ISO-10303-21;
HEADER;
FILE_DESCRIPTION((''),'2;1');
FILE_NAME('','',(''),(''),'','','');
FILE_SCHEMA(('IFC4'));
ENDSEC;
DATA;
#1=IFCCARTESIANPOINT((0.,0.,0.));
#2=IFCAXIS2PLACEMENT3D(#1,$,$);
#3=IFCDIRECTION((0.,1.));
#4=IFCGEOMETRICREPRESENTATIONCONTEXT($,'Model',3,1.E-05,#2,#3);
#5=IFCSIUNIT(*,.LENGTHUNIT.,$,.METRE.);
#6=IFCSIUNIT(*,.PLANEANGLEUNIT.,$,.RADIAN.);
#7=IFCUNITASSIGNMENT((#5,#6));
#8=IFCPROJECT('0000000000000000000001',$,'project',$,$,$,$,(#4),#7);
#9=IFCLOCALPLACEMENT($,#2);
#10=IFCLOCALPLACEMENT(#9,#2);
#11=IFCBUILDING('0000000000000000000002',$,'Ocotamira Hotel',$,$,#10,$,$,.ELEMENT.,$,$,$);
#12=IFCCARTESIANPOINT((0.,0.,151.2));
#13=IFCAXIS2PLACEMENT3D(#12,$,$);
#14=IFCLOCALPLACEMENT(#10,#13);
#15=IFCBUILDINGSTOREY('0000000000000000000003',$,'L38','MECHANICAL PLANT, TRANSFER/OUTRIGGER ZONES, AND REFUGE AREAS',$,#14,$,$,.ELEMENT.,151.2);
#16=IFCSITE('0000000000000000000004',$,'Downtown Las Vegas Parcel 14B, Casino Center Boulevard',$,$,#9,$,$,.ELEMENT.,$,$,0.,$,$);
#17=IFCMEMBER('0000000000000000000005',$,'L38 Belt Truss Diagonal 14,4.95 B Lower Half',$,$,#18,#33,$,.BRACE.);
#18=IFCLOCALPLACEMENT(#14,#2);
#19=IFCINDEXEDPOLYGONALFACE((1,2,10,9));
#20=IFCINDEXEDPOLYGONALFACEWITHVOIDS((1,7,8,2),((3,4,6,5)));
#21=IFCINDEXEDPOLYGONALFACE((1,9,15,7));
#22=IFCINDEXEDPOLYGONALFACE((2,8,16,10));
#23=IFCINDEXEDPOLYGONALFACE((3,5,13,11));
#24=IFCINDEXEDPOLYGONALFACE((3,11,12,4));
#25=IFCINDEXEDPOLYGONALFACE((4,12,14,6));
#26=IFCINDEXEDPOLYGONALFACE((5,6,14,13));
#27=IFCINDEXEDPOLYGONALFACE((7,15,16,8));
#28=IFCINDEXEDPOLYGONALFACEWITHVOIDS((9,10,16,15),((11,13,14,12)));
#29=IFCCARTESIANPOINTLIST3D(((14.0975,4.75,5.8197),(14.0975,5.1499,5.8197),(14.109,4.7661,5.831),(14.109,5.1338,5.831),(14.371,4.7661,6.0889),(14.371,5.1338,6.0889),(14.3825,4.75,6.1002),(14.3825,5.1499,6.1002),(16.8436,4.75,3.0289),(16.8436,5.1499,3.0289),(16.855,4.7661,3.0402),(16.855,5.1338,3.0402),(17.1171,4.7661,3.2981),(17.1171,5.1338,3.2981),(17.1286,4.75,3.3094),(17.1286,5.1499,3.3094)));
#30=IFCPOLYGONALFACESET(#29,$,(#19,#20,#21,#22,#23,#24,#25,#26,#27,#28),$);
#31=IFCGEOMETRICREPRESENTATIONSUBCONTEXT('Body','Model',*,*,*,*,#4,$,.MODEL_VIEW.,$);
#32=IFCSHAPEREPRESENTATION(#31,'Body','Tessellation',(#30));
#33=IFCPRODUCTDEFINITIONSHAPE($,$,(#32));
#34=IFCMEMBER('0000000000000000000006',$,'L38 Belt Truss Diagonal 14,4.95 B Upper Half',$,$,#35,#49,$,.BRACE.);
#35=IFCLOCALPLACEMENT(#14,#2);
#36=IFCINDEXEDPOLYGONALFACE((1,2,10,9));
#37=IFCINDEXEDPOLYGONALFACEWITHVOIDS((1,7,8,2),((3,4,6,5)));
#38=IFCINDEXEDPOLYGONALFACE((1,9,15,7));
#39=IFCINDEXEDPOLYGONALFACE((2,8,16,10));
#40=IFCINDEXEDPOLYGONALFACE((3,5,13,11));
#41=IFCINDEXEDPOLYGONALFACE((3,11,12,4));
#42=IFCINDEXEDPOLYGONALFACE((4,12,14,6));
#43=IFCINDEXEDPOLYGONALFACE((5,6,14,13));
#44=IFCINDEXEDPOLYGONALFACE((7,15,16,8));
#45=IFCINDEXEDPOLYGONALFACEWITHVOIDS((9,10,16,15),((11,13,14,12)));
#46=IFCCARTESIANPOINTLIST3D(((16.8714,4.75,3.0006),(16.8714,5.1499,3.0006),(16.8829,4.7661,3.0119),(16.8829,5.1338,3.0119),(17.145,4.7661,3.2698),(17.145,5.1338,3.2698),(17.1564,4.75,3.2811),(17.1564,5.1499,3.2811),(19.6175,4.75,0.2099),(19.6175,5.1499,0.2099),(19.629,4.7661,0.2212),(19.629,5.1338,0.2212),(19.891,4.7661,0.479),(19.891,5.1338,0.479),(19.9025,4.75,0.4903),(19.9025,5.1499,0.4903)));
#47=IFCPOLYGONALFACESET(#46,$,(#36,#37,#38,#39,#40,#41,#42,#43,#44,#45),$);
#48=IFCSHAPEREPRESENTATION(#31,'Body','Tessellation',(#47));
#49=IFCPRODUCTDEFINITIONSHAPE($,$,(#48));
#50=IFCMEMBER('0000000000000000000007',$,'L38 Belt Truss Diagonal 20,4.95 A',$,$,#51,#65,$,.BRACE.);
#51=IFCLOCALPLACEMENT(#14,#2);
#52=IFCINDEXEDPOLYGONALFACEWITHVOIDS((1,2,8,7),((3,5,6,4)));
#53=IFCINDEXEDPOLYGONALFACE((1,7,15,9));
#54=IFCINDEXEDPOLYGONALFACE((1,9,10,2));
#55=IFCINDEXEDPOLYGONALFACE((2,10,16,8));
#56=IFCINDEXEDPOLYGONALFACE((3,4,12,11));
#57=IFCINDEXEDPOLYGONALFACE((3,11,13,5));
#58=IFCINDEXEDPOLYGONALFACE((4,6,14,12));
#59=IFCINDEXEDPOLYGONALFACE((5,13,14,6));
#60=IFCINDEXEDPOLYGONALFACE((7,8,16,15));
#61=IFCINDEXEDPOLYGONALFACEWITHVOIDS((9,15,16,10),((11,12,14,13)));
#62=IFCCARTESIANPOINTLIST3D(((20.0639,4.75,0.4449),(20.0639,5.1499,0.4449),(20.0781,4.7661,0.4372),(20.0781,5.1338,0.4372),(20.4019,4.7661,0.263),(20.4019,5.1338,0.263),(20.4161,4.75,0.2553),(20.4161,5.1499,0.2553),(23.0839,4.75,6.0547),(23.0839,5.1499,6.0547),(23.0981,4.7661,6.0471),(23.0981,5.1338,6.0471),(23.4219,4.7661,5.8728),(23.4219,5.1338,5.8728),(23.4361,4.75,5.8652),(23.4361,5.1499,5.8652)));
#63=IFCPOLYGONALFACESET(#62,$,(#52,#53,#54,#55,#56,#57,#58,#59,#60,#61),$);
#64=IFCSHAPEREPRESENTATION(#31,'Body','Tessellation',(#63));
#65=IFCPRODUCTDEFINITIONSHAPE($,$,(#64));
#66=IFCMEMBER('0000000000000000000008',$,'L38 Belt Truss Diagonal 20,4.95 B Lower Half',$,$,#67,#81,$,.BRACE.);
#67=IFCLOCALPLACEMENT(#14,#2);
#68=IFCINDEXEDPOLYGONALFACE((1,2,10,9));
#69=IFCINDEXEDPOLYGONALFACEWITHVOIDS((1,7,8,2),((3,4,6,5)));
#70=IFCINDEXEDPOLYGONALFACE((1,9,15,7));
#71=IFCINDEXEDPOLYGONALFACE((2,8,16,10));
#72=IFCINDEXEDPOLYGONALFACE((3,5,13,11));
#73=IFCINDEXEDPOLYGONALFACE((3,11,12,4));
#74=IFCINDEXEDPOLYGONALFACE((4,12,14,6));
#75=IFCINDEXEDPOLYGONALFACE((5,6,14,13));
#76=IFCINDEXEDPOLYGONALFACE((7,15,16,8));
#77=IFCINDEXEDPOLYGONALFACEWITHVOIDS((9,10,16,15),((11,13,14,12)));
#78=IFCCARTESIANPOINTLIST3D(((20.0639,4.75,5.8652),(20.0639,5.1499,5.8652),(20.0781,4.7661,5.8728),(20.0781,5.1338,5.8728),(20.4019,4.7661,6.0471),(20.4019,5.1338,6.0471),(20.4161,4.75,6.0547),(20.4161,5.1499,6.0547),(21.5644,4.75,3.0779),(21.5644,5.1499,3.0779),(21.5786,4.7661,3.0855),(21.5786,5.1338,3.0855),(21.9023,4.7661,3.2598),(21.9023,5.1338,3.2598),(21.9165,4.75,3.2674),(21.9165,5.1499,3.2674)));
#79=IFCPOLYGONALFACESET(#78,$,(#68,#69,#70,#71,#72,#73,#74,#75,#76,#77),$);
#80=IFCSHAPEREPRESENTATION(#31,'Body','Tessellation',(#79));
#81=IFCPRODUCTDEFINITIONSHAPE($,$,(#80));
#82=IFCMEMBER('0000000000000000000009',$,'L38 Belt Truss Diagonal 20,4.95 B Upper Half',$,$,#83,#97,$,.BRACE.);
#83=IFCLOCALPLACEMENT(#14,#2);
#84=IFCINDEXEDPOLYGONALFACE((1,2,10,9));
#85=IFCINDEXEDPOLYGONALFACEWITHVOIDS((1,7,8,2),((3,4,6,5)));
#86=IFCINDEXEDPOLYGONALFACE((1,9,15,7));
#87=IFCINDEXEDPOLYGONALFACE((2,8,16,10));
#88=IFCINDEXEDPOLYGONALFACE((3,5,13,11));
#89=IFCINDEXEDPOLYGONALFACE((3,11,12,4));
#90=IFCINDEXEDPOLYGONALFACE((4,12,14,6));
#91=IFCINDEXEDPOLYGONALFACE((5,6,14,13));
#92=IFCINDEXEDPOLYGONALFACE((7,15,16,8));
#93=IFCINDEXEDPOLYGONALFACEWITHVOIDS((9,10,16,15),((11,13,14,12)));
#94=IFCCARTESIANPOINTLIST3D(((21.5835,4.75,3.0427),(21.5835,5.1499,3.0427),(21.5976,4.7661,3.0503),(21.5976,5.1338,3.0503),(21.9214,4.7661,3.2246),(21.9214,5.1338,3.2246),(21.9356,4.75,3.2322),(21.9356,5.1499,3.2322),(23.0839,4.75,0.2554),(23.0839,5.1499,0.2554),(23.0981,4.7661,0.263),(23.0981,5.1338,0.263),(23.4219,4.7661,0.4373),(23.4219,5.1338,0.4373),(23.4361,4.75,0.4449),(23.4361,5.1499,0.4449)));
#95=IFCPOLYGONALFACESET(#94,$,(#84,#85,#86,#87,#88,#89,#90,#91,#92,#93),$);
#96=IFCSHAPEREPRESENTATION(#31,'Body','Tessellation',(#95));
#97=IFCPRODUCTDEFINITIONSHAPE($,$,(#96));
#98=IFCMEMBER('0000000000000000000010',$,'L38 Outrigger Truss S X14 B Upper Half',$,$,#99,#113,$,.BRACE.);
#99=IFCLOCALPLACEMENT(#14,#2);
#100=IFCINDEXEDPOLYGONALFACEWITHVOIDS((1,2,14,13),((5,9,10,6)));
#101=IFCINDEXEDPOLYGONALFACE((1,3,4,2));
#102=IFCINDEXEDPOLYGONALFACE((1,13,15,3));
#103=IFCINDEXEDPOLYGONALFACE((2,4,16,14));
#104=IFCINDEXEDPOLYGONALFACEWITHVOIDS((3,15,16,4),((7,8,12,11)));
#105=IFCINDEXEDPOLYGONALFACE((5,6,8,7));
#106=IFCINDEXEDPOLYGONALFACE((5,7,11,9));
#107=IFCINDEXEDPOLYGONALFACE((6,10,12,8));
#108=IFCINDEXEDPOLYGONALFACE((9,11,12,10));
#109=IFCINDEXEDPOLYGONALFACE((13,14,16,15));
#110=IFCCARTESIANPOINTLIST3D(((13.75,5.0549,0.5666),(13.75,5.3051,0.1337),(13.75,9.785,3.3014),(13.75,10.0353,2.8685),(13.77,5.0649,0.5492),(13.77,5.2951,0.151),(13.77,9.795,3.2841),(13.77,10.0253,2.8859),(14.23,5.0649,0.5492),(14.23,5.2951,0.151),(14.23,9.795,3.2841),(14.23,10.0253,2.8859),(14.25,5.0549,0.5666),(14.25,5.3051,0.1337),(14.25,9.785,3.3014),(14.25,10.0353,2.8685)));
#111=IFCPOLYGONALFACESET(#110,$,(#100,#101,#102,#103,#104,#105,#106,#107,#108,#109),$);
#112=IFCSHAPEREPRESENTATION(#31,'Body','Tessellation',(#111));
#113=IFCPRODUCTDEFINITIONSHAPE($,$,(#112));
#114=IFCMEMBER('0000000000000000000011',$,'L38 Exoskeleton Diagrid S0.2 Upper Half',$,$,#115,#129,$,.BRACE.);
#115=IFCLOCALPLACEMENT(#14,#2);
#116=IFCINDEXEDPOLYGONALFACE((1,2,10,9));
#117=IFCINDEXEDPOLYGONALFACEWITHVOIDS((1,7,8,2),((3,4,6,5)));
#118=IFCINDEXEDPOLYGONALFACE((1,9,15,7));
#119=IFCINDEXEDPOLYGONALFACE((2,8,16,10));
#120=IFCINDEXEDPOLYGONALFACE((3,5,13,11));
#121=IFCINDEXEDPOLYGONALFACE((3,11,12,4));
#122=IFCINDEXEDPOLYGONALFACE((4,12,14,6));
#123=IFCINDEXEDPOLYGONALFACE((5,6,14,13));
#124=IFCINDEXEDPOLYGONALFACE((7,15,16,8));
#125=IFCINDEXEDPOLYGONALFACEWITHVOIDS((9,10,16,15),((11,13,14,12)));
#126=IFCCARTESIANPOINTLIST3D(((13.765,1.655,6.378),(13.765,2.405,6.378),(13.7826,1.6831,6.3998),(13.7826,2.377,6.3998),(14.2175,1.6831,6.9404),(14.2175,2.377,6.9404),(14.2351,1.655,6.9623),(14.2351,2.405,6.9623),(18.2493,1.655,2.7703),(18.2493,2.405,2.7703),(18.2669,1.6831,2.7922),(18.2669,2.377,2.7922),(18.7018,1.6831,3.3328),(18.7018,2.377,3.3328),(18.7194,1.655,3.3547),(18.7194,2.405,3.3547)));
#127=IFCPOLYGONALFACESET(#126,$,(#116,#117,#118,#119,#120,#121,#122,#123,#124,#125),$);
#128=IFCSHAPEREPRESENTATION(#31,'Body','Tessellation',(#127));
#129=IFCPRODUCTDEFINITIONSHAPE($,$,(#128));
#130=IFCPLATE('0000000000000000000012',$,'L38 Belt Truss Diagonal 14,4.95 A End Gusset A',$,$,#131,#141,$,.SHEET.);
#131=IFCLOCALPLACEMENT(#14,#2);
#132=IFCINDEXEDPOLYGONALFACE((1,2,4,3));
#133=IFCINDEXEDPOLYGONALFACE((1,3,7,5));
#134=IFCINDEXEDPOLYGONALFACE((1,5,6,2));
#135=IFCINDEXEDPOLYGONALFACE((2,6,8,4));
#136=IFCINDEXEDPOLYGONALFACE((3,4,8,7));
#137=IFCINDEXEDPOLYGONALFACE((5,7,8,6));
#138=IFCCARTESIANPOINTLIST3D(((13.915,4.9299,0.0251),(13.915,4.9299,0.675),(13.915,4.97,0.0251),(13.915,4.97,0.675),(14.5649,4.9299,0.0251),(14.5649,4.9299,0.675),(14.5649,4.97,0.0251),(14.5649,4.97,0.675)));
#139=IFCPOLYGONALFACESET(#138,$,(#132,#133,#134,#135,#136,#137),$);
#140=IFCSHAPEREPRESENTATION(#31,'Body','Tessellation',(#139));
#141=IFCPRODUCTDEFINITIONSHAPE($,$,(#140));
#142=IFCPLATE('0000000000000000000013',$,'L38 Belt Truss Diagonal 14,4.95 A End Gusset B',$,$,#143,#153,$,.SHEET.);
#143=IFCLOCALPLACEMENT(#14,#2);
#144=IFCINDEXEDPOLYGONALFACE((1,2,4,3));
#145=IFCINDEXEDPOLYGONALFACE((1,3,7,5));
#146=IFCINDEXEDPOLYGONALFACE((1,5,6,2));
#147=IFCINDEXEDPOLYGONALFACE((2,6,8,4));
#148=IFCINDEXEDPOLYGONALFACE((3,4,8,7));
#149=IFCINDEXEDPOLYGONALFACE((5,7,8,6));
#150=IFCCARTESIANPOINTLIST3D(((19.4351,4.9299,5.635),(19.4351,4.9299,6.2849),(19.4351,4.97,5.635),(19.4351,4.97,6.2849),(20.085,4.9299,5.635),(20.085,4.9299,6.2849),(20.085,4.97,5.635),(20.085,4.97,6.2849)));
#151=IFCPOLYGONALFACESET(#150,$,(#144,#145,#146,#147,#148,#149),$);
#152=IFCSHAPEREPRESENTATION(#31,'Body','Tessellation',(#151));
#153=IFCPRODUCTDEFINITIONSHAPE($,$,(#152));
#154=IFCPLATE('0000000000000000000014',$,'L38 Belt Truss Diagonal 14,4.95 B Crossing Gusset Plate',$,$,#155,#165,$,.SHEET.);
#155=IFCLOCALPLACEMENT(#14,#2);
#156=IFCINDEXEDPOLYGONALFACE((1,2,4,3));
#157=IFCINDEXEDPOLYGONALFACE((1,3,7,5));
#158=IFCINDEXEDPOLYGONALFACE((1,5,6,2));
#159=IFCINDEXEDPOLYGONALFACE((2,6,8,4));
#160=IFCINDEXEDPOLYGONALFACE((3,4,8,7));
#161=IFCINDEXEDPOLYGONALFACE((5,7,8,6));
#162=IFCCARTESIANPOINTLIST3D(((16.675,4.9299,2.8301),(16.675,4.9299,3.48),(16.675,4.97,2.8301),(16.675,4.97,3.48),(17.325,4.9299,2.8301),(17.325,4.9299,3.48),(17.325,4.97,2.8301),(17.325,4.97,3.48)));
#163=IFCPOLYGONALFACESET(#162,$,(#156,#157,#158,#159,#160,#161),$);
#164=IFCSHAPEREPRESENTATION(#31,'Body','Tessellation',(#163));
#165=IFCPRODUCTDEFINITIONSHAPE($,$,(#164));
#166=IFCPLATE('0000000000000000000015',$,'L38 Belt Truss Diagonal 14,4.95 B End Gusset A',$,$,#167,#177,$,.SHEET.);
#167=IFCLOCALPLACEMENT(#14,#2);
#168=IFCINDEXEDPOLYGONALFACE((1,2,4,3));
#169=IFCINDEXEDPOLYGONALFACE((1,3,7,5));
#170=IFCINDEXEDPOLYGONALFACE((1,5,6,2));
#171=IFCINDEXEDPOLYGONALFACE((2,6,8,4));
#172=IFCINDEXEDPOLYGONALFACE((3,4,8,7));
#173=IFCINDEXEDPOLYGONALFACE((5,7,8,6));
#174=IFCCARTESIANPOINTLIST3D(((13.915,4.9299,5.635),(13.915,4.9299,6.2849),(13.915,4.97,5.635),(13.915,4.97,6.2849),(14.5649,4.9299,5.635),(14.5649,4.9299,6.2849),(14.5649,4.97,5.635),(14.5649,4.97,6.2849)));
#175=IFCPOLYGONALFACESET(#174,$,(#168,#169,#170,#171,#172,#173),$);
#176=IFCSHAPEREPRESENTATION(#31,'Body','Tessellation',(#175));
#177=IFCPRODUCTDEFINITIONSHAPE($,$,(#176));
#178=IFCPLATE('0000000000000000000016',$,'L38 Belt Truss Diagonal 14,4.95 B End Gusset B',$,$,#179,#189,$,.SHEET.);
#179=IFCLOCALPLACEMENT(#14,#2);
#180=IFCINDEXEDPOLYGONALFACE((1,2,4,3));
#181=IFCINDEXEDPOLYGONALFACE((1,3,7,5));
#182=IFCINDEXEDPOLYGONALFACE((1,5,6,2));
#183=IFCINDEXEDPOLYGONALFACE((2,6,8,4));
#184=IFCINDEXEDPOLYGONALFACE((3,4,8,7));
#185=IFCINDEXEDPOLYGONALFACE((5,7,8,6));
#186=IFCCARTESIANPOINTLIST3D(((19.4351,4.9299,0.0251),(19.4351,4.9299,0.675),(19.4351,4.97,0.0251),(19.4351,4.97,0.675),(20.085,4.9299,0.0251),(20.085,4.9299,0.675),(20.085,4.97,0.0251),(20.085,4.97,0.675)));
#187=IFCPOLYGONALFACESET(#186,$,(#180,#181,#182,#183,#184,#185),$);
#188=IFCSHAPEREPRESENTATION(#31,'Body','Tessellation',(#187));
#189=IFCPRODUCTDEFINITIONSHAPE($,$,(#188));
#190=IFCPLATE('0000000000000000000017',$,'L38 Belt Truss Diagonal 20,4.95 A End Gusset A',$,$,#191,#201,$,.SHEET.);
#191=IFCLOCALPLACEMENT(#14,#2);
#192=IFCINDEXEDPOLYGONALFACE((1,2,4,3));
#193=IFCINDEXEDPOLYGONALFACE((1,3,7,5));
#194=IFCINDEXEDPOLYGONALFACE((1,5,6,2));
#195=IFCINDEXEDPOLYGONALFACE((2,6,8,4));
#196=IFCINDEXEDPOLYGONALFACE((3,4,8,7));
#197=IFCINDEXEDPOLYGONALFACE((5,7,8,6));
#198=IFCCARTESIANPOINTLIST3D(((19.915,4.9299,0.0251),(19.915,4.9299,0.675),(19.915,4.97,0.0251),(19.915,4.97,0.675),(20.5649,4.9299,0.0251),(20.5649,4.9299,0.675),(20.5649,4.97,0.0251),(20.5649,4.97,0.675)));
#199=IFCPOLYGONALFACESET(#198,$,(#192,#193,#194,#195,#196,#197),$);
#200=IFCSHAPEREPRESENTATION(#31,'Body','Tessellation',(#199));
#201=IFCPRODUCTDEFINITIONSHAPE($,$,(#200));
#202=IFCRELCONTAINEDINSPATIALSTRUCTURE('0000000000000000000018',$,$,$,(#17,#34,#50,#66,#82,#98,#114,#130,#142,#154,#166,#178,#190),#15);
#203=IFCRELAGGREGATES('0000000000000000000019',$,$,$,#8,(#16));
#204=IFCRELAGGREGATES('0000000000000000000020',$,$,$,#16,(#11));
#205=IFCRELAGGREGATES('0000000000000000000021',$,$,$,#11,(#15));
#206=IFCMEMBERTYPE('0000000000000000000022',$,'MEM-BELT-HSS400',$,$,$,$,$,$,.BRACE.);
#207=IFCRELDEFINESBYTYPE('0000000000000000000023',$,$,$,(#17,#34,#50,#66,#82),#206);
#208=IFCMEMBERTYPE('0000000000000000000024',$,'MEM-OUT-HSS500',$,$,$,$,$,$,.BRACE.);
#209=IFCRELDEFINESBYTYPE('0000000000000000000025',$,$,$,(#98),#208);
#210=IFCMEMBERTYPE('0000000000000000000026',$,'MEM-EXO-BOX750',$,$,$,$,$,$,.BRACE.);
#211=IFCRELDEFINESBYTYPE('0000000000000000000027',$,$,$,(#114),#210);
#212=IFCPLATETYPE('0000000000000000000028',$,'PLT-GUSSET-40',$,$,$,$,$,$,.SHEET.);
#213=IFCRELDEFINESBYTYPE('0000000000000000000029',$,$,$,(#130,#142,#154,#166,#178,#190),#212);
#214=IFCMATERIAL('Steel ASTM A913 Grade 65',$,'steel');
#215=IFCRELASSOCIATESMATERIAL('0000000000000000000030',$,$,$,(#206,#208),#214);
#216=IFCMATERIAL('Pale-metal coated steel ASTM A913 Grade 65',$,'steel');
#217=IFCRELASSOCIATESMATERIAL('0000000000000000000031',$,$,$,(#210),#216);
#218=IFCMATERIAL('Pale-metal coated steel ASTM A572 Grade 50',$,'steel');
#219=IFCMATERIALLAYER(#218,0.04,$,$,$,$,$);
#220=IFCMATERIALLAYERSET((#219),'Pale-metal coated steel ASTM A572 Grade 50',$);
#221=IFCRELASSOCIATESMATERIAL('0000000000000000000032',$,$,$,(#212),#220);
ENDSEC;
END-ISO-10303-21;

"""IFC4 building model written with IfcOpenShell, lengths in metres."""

from ifc_helpers import new_model, si_unit, direction, frame, origin, origin_2d, place, context, subcontext, project, spatial, rectangle, hollow_rectangle, extrude, source, transform, mapped, material, layer, layer_set, material_profile, profile_set, type_object, element, save


model = new_model("IFC4")

# Units and contexts
model_context = context("Model", 3, precision=1e-05, world=origin(), true_north=direction((0.0, 1.0)))
body_context = subcontext(model_context, "Body", "Model", "MODEL_VIEW")
ifc_project = project(units=[si_unit("LENGTHUNIT", "METRE"), si_unit("PLANEANGLEUNIT", "RADIAN")], contexts=[model_context])

# Site, building, storey
site_placement = place(None, origin())
site = spatial("IfcSite", under=ifc_project, at=site_placement, Name="Downtown Las Vegas Parcel 14B, Casino Center Boulevard", CompositionType="ELEMENT", RefElevation=0.0)
building_placement = place(site_placement, origin())
building = spatial("IfcBuilding", under=site, at=building_placement, Name="Ocotamira Hotel", CompositionType="ELEMENT")
storey_placement = place(building_placement, frame((0.0, 0.0, 151.2)))
storey = spatial("IfcBuildingStorey", under=building, at=storey_placement, Name="L38", Description="MECHANICAL PLANT, TRANSFER/OUTRIGGER ZONES, AND REFUGE AREAS", CompositionType="ELEMENT", Elevation=151.2)

# Shared definitions
ifc_material_1 = material(Name="Steel ASTM A913 Grade 65", Category="steel")

# Members
ifc_material_profile_1 = material_profile(ifc_material_1, hollow_rectangle(XDim=0.3999, YDim=0.3999, WallThickness=0.0161, at=origin_2d()), Name="HSS400X400X16")
ifc_profile_set_1 = profile_set([ifc_material_profile_1], Name="Steel ASTM A913 Grade 65")
member_type_1 = type_object("IfcMemberType", Name="MEM-BELT-HSS400", PredefinedType="BRACE", material=ifc_profile_set_1)
shared_shape_1 = source(origin(), body_context, "Body", "SweptSolid", [
    extrude(hollow_rectangle(XDim=0.3999, YDim=0.3999, WallThickness=0.0161, at=origin_2d()), origin(), (0.0, 0.0, 1.0), 3.9153),
])
for number, where, z_axis, x_axis, name in (
    (1, (14.24, 4.95, 5.96), (0.701378, 0.0, -0.712789), (0.0, 1.0, 0.0), "L38 Belt Truss Diagonal 14,4.95 B Lower Half"),
    (2, (17.0139, 4.95, 3.1409), (0.701378, 0.0, -0.712789), (0.0, 1.0, 0.0), "L38 Belt Truss Diagonal 14,4.95 B Upper Half"),
):
    element("IfcMember", number, at=place(storey_placement, frame(where, z_axis=z_axis, x_axis=x_axis)), inside=storey, type_object=member_type_1, Name=name, PredefinedType="BRACE", context=body_context, shape_type="MappedRepresentation", body=[
        mapped(shared_shape_1, transform((0.0, 0.0, 0.0), scale=1.0)),
    ])
shared_shape_2 = source(origin(), body_context, "Body", "SweptSolid", [
    extrude(hollow_rectangle(XDim=0.3999, YDim=0.3999, WallThickness=0.0161, at=origin_2d()), origin(), (0.0, 0.0, 1.0), 6.3711),
])
member_1_placement = place(storey_placement, frame((20.24, 4.95, 0.3501), z_axis=(0.474018, 0.0, 0.880515), x_axis=(0.0, 1.0, 0.0)))
element("IfcMember", 3, at=member_1_placement, inside=storey, type_object=member_type_1, Name="L38 Belt Truss Diagonal 20,4.95 A", PredefinedType="BRACE", context=body_context, shape_type="MappedRepresentation", body=[
    mapped(shared_shape_2, transform((0.0, 0.0, 0.0), scale=1.0)),
])
shared_shape_3 = source(origin(), body_context, "Body", "SweptSolid", [
    extrude(hollow_rectangle(XDim=0.3999, YDim=0.3999, WallThickness=0.0161, at=origin_2d()), origin(), (0.0, 0.0, 1.0), 3.1655),
])
for number, where, z_axis, x_axis, name in (
    (4, (20.24, 4.95, 5.96), (0.474003, 0.0, -0.880523), (0.0, 1.0, 0.0), "L38 Belt Truss Diagonal 20,4.95 B Lower Half"),
    (5, (21.7595, 4.95, 3.1375), (0.474003, 0.0, -0.880523), (0.0, 1.0, 0.0), "L38 Belt Truss Diagonal 20,4.95 B Upper Half"),
):
    element("IfcMember", number, at=place(storey_placement, frame(where, z_axis=z_axis, x_axis=x_axis)), inside=storey, type_object=member_type_1, Name=name, PredefinedType="BRACE", context=body_context, shape_type="MappedRepresentation", body=[
        mapped(shared_shape_3, transform((0.0, 0.0, 0.0), scale=1.0)),
    ])
ifc_material_profile_2 = material_profile(ifc_material_1, hollow_rectangle(XDim=0.5, YDim=0.5, WallThickness=0.02, at=origin_2d()), Name="HSS500X500X20")
ifc_profile_set_2 = profile_set([ifc_material_profile_2], Name="Steel ASTM A913 Grade 65")
member_type_2 = type_object("IfcMemberType", Name="MEM-OUT-HSS500", PredefinedType="BRACE", material=ifc_profile_set_2)
shared_shape_4 = source(origin(), body_context, "Body", "SweptSolid", [
    extrude(hollow_rectangle(XDim=0.5, YDim=0.5, WallThickness=0.02, at=origin_2d()), origin(), (0.0, 0.0, 1.0), 5.4639),
])
member_2_placement = place(storey_placement, frame((14.0, 9.9102, 3.085), z_axis=(0.0, -0.865719, -0.500531), x_axis=(1.0, 0.0, 0.0)))
element("IfcMember", 6, at=member_2_placement, inside=storey, type_object=member_type_2, Name="L38 Outrigger Truss S X14 B Upper Half", PredefinedType="BRACE", context=body_context, shape_type="MappedRepresentation", body=[
    mapped(shared_shape_4, transform((0.0, 0.0, 0.0), scale=1.0)),
])
ifc_material_2 = material(Name="Pale-metal coated steel ASTM A913 Grade 65", Category="steel")
ifc_material_profile_3 = material_profile(ifc_material_2, hollow_rectangle(XDim=0.75, YDim=0.75, WallThickness=0.0281, at=origin_2d()), Name="BOX750X750X28")
ifc_profile_set_3 = profile_set([ifc_material_profile_3], Name="Pale-metal coated steel ASTM A913 Grade 65")
member_type_3 = type_object("IfcMemberType", Name="MEM-EXO-BOX750", PredefinedType="BRACE", material=ifc_profile_set_3)
shared_shape_5 = source(origin(), body_context, "Body", "SweptSolid", [
    extrude(hollow_rectangle(XDim=0.75, YDim=0.75, WallThickness=0.0281, at=origin_2d()), origin(), (0.0, 0.0, 1.0), 5.7554),
])
member_3_placement = place(storey_placement, frame((18.4844, 2.03, 3.0625), z_axis=(-0.779157, 0.0, 0.626829), x_axis=(0.0, -1.0, 0.0)))
element("IfcMember", 7, at=member_3_placement, inside=storey, type_object=member_type_3, Name="L38 Exoskeleton Diagrid S0.2 Upper Half", PredefinedType="BRACE", context=body_context, shape_type="MappedRepresentation", body=[
    mapped(shared_shape_5, transform((0.0, 0.0, 0.0), scale=1.0)),
])

# Plates
ifc_material_3 = material(Name="Pale-metal coated steel ASTM A572 Grade 50", Category="steel")
ifc_layer_1 = layer(ifc_material_3, 0.04)
ifc_layer_set_1 = layer_set([ifc_layer_1], Name="Pale-metal coated steel ASTM A572 Grade 50")
plate_type = type_object("IfcPlateType", Name="PLT-GUSSET-40", PredefinedType="SHEET", material=ifc_layer_set_1)
shared_shape_6 = source(origin(), body_context, "Body", "SweptSolid", [
    extrude(rectangle(XDim=0.6499, YDim=0.04, at=origin_2d()), origin(), (0.0, 0.0, 1.0), 0.6499),
])
for number, where, z_axis, x_axis, name in (
    (8, (14.24, 4.95, 0.0251), (0.0, 0.0, 1.0), (1.0, 0.0, 0.0), "L38 Belt Truss Diagonal 14,4.95 A End Gusset A"),
    (9, (19.76, 4.95, 5.635), (0.0, 0.0, 1.0), (1.0, 0.0, 0.0), "L38 Belt Truss Diagonal 14,4.95 A End Gusset B"),
    (10, (17.0, 4.95, 2.8301), (0.0, 0.0, 1.0), (1.0, 0.0, 0.0), "L38 Belt Truss Diagonal 14,4.95 B Crossing Gusset Plate"),
    (11, (14.24, 4.95, 5.635), (0.0, 0.0, 1.0), (1.0, 0.0, 0.0), "L38 Belt Truss Diagonal 14,4.95 B End Gusset A"),
    (12, (19.76, 4.95, 0.0251), (0.0, 0.0, 1.0), (1.0, 0.0, 0.0), "L38 Belt Truss Diagonal 14,4.95 B End Gusset B"),
    (13, (20.24, 4.95, 0.0251), (0.0, 0.0, 1.0), (1.0, 0.0, 0.0), "L38 Belt Truss Diagonal 20,4.95 A End Gusset A"),
):
    element("IfcPlate", number, at=place(storey_placement, frame(where, z_axis=z_axis, x_axis=x_axis)), inside=storey, type_object=plate_type, Name=name, PredefinedType="SHEET", context=body_context, shape_type="MappedRepresentation", body=[
        mapped(shared_shape_6, transform((0.0, 0.0, 0.0), scale=1.0)),
    ])

save(model, "model.ifc")
